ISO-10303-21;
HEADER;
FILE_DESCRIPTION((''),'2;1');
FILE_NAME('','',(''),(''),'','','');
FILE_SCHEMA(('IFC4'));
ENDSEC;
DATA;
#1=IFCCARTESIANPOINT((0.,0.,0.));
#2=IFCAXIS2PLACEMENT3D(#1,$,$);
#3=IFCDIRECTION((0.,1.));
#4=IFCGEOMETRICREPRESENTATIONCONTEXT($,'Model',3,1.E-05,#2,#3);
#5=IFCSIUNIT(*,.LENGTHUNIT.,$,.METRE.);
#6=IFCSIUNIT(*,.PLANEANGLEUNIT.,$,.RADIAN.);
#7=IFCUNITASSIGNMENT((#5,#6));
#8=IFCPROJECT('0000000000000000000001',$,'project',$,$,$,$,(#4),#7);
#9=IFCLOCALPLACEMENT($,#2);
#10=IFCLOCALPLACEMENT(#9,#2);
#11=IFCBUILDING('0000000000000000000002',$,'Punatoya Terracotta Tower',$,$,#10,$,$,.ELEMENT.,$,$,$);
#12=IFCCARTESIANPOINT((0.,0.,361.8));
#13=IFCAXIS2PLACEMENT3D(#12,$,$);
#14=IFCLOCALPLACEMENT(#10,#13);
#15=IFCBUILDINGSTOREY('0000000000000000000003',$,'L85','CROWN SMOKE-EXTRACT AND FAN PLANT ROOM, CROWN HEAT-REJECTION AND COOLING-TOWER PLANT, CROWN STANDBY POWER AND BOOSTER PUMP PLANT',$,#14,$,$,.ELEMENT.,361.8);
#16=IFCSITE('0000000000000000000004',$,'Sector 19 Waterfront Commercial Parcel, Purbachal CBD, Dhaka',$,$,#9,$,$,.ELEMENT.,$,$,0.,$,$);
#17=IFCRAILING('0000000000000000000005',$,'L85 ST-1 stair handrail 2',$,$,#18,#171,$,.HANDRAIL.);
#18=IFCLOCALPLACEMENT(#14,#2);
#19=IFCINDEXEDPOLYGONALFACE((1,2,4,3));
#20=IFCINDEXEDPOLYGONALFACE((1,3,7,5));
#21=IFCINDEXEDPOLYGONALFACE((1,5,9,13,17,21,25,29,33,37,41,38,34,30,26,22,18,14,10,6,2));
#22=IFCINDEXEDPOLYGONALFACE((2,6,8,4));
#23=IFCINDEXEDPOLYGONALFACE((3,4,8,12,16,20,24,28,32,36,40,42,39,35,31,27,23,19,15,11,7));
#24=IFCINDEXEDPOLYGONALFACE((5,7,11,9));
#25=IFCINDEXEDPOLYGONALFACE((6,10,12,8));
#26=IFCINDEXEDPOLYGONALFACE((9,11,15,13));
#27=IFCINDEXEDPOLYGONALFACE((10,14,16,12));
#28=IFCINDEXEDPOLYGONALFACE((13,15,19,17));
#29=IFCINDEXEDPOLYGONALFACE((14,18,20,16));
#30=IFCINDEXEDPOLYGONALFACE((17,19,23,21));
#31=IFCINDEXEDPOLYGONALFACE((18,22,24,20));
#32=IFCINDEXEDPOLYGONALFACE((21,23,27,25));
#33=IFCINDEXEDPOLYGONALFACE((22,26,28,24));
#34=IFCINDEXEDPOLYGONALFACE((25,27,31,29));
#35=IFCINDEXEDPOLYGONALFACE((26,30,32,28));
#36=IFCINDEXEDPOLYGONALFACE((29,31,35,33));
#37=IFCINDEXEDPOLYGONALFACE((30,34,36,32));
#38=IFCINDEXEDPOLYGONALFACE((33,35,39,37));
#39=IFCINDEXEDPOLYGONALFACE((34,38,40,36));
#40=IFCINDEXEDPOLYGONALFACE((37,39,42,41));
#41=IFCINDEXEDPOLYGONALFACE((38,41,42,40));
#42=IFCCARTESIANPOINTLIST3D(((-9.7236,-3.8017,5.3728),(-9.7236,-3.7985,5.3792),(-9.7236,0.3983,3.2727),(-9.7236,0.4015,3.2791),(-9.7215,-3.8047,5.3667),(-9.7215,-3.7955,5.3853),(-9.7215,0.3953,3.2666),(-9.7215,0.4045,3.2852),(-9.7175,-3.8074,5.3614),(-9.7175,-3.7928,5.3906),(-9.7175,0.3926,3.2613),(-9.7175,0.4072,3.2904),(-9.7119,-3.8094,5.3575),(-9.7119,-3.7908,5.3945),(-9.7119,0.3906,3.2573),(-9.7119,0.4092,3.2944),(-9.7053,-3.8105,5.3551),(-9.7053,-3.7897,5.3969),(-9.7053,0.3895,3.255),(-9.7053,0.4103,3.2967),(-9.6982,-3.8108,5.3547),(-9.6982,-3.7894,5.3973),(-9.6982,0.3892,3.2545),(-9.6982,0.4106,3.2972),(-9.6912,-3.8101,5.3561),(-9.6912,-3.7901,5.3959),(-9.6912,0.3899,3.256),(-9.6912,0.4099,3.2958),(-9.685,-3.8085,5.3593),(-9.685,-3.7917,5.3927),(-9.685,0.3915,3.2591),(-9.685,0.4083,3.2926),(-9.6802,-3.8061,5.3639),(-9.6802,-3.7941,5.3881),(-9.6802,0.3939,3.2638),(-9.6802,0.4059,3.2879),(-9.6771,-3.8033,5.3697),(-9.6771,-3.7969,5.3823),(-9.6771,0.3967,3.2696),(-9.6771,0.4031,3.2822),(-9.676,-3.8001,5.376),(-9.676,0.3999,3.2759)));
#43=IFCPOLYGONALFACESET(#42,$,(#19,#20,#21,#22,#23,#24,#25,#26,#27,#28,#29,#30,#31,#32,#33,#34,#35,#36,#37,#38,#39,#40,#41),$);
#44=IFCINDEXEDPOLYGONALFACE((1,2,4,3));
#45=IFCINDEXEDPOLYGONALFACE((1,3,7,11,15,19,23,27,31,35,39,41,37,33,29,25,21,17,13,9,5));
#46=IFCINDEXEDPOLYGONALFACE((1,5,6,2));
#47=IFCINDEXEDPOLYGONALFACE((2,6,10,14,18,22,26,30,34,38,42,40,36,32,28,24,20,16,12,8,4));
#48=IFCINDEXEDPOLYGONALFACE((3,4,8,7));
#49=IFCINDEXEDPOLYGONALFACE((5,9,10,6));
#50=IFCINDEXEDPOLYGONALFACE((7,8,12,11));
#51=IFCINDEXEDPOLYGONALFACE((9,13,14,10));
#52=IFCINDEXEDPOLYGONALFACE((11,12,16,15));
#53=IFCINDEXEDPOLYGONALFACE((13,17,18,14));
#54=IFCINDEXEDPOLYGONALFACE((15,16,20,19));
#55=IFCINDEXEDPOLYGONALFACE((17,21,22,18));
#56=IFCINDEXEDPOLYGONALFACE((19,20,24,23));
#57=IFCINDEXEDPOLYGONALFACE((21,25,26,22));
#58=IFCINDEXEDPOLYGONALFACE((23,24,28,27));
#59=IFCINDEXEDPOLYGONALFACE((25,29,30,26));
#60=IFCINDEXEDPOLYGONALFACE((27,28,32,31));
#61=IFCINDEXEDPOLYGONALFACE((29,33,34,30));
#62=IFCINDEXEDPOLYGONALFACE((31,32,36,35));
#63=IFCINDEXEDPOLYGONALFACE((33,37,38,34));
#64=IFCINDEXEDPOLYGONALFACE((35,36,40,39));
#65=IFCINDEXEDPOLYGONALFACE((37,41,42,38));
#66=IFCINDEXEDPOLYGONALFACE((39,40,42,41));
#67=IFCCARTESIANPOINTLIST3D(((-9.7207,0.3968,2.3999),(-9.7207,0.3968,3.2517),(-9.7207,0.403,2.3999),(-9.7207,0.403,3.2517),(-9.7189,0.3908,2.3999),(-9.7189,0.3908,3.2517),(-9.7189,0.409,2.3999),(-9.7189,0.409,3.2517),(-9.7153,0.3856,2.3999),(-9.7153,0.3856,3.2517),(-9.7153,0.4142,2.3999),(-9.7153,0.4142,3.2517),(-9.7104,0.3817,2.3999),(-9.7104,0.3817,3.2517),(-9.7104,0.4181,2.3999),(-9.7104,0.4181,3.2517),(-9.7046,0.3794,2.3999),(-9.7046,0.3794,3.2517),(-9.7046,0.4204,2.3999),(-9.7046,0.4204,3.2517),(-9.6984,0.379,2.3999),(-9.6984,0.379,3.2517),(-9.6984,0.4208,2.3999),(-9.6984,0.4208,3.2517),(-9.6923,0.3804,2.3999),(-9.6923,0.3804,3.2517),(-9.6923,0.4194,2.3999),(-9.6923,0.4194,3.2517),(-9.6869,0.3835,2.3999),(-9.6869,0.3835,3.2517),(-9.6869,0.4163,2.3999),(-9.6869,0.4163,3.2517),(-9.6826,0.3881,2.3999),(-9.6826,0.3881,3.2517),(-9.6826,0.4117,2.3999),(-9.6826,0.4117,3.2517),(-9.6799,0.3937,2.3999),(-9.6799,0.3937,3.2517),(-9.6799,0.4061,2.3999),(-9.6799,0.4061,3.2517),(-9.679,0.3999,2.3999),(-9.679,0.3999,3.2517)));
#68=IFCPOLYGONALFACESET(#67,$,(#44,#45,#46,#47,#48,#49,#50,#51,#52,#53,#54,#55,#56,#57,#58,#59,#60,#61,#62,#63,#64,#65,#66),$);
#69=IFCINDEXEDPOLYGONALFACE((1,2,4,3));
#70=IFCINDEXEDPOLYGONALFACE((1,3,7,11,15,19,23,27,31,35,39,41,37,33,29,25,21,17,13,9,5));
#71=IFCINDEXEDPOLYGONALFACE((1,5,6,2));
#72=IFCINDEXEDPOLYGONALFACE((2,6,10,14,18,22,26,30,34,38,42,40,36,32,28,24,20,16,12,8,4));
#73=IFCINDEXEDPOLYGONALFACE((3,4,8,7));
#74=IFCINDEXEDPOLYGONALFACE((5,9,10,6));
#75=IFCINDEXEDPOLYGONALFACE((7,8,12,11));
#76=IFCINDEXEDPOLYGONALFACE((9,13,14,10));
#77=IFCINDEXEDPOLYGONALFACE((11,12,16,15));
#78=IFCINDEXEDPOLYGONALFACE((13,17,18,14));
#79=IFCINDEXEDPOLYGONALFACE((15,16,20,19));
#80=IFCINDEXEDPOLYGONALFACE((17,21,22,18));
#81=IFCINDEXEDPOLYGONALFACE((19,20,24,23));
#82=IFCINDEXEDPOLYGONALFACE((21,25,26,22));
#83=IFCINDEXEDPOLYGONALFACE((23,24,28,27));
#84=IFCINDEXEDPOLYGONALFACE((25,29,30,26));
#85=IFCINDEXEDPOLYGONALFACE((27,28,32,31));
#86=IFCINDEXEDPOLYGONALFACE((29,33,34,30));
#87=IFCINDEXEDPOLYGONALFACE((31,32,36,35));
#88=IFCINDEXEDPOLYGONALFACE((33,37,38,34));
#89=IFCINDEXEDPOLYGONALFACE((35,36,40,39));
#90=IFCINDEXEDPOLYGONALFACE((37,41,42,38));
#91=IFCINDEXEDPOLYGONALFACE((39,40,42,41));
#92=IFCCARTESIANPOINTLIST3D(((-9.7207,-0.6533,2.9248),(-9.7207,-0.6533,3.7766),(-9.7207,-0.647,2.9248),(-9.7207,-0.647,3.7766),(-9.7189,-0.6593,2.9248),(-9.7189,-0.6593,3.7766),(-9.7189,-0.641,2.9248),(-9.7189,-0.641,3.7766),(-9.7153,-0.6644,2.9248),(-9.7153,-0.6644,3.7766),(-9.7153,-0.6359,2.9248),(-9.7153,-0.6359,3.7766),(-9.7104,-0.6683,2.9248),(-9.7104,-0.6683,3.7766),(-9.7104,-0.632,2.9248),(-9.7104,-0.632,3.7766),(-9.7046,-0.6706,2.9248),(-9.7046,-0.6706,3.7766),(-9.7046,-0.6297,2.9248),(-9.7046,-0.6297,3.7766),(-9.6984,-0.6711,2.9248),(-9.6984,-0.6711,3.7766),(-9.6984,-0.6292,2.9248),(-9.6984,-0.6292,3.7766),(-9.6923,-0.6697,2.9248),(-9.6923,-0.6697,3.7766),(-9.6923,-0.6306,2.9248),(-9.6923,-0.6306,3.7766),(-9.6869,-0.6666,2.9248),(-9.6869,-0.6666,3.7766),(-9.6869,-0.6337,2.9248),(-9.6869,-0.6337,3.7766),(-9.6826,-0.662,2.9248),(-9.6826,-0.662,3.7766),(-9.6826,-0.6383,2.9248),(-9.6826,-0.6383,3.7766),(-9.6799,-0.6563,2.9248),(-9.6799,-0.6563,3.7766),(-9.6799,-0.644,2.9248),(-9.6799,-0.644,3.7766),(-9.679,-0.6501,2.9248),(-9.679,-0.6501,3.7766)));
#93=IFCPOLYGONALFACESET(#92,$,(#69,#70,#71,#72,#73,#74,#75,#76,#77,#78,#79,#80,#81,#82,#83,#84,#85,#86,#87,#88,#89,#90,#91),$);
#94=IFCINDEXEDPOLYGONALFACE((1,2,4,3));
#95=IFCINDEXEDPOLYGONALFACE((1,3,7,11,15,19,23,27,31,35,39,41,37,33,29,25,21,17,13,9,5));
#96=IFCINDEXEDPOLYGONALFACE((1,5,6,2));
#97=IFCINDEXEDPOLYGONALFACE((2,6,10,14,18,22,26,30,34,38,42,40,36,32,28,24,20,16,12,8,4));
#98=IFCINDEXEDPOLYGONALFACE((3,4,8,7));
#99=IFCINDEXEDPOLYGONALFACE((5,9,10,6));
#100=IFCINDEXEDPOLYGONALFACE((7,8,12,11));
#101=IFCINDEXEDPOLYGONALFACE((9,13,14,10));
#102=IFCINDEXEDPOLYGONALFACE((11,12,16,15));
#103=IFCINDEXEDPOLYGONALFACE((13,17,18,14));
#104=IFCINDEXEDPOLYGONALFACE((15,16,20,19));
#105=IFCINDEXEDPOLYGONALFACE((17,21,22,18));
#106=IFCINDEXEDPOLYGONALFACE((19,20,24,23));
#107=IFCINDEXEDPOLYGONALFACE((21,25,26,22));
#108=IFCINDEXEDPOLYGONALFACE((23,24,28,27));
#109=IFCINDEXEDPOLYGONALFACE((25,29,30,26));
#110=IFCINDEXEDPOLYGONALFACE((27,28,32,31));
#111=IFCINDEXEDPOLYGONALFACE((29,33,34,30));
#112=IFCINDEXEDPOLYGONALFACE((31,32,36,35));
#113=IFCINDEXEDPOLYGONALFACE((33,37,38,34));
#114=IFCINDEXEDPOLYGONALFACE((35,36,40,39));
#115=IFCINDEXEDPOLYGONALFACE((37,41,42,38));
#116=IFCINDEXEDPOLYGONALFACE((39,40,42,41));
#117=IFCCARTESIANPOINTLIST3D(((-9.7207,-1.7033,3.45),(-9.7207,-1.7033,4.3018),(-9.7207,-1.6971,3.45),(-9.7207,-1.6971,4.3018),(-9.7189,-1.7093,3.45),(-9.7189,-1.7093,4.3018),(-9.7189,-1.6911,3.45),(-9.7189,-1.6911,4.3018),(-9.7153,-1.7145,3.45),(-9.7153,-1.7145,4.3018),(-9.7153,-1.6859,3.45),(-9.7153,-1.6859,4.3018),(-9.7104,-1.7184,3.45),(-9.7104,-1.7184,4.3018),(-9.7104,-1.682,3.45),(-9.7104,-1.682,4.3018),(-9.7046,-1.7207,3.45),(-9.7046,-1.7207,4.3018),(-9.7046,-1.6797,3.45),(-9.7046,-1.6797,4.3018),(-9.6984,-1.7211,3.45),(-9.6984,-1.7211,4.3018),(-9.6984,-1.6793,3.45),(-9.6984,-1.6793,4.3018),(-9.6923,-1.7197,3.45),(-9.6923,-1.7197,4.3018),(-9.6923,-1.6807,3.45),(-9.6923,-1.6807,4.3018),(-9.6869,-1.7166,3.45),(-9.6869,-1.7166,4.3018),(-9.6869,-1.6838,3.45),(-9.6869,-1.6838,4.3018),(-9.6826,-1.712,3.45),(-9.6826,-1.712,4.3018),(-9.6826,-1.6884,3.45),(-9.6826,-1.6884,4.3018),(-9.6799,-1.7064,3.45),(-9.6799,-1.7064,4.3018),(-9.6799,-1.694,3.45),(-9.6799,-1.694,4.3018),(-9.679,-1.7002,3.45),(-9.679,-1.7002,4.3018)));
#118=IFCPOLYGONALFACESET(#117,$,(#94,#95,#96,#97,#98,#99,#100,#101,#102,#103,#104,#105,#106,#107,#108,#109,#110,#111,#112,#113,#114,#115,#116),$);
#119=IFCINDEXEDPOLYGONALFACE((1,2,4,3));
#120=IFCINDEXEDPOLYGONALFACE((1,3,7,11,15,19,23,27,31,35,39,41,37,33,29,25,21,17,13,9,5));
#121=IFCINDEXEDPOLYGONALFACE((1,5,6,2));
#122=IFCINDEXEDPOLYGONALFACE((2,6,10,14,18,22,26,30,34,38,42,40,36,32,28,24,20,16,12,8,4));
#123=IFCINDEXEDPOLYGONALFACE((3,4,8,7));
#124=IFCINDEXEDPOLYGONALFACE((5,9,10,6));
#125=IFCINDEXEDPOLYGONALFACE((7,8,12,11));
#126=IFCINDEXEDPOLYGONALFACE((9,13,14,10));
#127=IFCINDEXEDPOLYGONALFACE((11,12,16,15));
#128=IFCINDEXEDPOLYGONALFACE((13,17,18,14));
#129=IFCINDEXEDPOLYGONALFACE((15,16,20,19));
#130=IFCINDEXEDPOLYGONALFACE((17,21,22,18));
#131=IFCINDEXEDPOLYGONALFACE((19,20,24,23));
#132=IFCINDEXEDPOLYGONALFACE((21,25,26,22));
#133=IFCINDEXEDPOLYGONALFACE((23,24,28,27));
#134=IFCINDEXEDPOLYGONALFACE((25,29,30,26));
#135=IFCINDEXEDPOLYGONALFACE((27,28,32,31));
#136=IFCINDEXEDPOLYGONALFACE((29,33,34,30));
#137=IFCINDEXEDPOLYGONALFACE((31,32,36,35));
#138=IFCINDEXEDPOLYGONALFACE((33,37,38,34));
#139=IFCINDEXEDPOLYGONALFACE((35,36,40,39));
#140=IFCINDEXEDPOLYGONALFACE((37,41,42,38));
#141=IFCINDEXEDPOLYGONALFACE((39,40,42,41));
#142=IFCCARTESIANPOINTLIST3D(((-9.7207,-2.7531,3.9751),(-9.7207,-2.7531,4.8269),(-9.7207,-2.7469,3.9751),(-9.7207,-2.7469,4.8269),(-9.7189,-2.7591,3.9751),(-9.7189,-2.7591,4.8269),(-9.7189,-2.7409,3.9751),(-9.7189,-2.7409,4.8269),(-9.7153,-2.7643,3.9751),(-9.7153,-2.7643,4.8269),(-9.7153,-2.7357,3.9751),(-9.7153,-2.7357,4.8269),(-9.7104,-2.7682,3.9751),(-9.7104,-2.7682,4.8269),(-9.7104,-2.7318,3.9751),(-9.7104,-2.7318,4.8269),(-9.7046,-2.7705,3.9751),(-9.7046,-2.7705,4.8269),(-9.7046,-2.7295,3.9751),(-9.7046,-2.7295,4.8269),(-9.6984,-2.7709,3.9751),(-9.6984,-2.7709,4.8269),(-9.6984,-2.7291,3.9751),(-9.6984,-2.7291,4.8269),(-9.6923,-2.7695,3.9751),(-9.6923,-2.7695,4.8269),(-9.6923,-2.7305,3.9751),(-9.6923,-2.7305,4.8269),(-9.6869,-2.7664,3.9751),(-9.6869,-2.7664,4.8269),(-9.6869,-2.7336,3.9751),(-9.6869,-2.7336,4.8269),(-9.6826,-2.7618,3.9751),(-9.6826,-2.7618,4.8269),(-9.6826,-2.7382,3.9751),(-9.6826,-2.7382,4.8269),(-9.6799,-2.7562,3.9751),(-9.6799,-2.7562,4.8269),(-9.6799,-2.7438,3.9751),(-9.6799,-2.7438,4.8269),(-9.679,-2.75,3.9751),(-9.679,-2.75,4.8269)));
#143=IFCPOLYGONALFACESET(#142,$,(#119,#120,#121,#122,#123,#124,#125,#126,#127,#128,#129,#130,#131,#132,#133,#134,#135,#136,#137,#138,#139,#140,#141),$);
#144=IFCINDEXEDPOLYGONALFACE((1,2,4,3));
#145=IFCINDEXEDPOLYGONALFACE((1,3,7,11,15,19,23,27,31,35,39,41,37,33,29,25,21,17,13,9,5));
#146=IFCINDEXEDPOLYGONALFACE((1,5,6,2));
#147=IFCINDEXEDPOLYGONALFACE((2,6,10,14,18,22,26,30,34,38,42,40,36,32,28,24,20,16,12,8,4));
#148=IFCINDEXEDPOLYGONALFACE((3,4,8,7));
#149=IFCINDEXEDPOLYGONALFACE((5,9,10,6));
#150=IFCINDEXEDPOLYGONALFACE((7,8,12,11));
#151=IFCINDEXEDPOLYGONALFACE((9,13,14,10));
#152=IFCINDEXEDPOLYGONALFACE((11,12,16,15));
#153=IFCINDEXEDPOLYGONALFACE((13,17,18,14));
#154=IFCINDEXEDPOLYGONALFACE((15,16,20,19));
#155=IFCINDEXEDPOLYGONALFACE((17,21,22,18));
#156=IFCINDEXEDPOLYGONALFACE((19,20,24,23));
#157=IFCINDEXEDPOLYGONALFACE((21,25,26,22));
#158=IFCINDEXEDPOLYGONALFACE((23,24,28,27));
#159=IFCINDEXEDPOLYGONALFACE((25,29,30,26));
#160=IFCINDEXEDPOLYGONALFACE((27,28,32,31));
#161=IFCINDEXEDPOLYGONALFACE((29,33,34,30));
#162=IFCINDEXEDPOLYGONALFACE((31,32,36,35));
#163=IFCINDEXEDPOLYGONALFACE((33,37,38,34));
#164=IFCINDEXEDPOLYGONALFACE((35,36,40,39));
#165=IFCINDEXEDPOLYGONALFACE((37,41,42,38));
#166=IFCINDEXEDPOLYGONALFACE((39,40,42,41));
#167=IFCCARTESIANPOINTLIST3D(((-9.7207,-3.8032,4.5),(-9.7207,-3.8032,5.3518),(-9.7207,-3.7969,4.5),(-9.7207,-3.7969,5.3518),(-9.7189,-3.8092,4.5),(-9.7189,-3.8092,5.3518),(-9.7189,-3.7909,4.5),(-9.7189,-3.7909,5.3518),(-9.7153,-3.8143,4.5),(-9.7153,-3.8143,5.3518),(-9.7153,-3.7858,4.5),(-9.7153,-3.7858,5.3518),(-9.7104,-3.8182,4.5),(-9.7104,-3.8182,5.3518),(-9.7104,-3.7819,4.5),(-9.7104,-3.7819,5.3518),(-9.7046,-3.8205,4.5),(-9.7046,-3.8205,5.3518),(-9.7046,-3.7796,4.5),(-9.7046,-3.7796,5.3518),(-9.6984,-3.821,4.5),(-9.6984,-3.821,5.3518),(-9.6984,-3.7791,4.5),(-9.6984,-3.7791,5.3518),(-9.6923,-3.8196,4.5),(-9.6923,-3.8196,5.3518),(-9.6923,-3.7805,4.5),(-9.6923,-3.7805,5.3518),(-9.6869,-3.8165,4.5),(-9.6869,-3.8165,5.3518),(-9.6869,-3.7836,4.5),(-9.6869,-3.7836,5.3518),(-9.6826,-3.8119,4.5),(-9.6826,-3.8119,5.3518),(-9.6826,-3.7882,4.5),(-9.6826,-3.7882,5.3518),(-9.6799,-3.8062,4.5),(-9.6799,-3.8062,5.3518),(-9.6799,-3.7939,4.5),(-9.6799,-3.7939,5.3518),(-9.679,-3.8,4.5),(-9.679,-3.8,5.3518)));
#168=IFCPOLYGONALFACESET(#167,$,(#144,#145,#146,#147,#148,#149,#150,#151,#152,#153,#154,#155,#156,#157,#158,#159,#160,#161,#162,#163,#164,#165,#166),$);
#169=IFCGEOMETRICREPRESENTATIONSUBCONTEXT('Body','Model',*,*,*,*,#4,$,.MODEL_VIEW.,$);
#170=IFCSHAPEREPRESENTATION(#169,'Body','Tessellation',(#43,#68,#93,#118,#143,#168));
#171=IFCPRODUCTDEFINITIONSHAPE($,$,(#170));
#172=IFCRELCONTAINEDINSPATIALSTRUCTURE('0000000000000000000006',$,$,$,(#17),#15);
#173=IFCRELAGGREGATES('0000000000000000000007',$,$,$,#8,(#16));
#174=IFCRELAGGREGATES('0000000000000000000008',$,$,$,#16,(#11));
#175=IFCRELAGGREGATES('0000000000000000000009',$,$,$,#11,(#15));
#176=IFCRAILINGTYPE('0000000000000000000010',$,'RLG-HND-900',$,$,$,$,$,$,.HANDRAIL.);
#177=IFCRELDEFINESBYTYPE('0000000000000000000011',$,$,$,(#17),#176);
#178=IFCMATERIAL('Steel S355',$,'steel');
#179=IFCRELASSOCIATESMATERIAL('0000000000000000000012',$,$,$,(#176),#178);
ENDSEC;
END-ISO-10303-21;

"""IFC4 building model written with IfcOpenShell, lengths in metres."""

from ifc_helpers import new_model, si_unit, direction, frame, origin, origin_2d, place, context, subcontext, project, spatial, circle, extrude, material, type_object, element, save


model = new_model("IFC4")

# Units and contexts
model_context = context("Model", 3, precision=1e-05, world=origin(), true_north=direction((0.0, 1.0)))
body_context = subcontext(model_context, "Body", "Model", "MODEL_VIEW")
ifc_project = project(units=[si_unit("LENGTHUNIT", "METRE"), si_unit("PLANEANGLEUNIT", "RADIAN")], contexts=[model_context])

# Site, building, storey
site_placement = place(None, origin())
site = spatial("IfcSite", under=ifc_project, at=site_placement, Name="Sector 19 Waterfront Commercial Parcel, Purbachal CBD, Dhaka", CompositionType="ELEMENT", RefElevation=0.0)
building_placement = place(site_placement, origin())
building = spatial("IfcBuilding", under=site, at=building_placement, Name="Punatoya Terracotta Tower", CompositionType="ELEMENT")
storey_placement = place(building_placement, frame((0.0, 0.0, 361.8)))
storey = spatial("IfcBuildingStorey", under=building, at=storey_placement, Name="L85", Description="CROWN SMOKE-EXTRACT AND FAN PLANT ROOM, CROWN HEAT-REJECTION AND COOLING-TOWER PLANT, CROWN STANDBY POWER AND BOOSTER PUMP PLANT", CompositionType="ELEMENT", Elevation=361.8)

# Shared definitions
ifc_material_1 = material(Name="Steel S355", Category="steel")

# Railing
railing_type_1 = type_object("IfcRailingType", Name="RLG-HND-900", PredefinedType="HANDRAIL", material=ifc_material_1)
railing_1_placement = place(storey_placement, frame((-9.7, 0.3999, 2.3999)))
element("IfcRailing", 1, at=railing_1_placement, inside=storey, type_object=railing_type_1, Name="L85 ST-1 stair handrail 2", PredefinedType="HANDRAIL", context=body_context, shape_type="SweptSolid", body=[
    extrude(circle(Radius=0.0239, at=origin_2d()), frame((0.0, 0.0, 0.876), z_axis=(0.0, -0.894417, 0.447234), x_axis=(1.0, 0.0, 0.0)), (0.0, 0.0, 1.0), 4.6958),
    extrude(circle(Radius=0.021, at=origin_2d()), origin(), (0.0, 0.0, 1.0), 0.8518),
    extrude(circle(Radius=0.021, at=origin_2d()), frame((0.0, -1.05, 0.5249)), (0.0, 0.0, 1.0), 0.8518),
    extrude(circle(Radius=0.021, at=origin_2d()), frame((0.0, -2.1001, 1.05)), (0.0, 0.0, 1.0), 0.8518),
    extrude(circle(Radius=0.021, at=origin_2d()), frame((0.0, -3.1499, 1.5752)), (0.0, 0.0, 1.0), 0.8518),
    extrude(circle(Radius=0.021, at=origin_2d()), frame((0.0, -4.2, 2.1001)), (0.0, 0.0, 1.0), 0.8518),
])

save(model, "model.ifc")
